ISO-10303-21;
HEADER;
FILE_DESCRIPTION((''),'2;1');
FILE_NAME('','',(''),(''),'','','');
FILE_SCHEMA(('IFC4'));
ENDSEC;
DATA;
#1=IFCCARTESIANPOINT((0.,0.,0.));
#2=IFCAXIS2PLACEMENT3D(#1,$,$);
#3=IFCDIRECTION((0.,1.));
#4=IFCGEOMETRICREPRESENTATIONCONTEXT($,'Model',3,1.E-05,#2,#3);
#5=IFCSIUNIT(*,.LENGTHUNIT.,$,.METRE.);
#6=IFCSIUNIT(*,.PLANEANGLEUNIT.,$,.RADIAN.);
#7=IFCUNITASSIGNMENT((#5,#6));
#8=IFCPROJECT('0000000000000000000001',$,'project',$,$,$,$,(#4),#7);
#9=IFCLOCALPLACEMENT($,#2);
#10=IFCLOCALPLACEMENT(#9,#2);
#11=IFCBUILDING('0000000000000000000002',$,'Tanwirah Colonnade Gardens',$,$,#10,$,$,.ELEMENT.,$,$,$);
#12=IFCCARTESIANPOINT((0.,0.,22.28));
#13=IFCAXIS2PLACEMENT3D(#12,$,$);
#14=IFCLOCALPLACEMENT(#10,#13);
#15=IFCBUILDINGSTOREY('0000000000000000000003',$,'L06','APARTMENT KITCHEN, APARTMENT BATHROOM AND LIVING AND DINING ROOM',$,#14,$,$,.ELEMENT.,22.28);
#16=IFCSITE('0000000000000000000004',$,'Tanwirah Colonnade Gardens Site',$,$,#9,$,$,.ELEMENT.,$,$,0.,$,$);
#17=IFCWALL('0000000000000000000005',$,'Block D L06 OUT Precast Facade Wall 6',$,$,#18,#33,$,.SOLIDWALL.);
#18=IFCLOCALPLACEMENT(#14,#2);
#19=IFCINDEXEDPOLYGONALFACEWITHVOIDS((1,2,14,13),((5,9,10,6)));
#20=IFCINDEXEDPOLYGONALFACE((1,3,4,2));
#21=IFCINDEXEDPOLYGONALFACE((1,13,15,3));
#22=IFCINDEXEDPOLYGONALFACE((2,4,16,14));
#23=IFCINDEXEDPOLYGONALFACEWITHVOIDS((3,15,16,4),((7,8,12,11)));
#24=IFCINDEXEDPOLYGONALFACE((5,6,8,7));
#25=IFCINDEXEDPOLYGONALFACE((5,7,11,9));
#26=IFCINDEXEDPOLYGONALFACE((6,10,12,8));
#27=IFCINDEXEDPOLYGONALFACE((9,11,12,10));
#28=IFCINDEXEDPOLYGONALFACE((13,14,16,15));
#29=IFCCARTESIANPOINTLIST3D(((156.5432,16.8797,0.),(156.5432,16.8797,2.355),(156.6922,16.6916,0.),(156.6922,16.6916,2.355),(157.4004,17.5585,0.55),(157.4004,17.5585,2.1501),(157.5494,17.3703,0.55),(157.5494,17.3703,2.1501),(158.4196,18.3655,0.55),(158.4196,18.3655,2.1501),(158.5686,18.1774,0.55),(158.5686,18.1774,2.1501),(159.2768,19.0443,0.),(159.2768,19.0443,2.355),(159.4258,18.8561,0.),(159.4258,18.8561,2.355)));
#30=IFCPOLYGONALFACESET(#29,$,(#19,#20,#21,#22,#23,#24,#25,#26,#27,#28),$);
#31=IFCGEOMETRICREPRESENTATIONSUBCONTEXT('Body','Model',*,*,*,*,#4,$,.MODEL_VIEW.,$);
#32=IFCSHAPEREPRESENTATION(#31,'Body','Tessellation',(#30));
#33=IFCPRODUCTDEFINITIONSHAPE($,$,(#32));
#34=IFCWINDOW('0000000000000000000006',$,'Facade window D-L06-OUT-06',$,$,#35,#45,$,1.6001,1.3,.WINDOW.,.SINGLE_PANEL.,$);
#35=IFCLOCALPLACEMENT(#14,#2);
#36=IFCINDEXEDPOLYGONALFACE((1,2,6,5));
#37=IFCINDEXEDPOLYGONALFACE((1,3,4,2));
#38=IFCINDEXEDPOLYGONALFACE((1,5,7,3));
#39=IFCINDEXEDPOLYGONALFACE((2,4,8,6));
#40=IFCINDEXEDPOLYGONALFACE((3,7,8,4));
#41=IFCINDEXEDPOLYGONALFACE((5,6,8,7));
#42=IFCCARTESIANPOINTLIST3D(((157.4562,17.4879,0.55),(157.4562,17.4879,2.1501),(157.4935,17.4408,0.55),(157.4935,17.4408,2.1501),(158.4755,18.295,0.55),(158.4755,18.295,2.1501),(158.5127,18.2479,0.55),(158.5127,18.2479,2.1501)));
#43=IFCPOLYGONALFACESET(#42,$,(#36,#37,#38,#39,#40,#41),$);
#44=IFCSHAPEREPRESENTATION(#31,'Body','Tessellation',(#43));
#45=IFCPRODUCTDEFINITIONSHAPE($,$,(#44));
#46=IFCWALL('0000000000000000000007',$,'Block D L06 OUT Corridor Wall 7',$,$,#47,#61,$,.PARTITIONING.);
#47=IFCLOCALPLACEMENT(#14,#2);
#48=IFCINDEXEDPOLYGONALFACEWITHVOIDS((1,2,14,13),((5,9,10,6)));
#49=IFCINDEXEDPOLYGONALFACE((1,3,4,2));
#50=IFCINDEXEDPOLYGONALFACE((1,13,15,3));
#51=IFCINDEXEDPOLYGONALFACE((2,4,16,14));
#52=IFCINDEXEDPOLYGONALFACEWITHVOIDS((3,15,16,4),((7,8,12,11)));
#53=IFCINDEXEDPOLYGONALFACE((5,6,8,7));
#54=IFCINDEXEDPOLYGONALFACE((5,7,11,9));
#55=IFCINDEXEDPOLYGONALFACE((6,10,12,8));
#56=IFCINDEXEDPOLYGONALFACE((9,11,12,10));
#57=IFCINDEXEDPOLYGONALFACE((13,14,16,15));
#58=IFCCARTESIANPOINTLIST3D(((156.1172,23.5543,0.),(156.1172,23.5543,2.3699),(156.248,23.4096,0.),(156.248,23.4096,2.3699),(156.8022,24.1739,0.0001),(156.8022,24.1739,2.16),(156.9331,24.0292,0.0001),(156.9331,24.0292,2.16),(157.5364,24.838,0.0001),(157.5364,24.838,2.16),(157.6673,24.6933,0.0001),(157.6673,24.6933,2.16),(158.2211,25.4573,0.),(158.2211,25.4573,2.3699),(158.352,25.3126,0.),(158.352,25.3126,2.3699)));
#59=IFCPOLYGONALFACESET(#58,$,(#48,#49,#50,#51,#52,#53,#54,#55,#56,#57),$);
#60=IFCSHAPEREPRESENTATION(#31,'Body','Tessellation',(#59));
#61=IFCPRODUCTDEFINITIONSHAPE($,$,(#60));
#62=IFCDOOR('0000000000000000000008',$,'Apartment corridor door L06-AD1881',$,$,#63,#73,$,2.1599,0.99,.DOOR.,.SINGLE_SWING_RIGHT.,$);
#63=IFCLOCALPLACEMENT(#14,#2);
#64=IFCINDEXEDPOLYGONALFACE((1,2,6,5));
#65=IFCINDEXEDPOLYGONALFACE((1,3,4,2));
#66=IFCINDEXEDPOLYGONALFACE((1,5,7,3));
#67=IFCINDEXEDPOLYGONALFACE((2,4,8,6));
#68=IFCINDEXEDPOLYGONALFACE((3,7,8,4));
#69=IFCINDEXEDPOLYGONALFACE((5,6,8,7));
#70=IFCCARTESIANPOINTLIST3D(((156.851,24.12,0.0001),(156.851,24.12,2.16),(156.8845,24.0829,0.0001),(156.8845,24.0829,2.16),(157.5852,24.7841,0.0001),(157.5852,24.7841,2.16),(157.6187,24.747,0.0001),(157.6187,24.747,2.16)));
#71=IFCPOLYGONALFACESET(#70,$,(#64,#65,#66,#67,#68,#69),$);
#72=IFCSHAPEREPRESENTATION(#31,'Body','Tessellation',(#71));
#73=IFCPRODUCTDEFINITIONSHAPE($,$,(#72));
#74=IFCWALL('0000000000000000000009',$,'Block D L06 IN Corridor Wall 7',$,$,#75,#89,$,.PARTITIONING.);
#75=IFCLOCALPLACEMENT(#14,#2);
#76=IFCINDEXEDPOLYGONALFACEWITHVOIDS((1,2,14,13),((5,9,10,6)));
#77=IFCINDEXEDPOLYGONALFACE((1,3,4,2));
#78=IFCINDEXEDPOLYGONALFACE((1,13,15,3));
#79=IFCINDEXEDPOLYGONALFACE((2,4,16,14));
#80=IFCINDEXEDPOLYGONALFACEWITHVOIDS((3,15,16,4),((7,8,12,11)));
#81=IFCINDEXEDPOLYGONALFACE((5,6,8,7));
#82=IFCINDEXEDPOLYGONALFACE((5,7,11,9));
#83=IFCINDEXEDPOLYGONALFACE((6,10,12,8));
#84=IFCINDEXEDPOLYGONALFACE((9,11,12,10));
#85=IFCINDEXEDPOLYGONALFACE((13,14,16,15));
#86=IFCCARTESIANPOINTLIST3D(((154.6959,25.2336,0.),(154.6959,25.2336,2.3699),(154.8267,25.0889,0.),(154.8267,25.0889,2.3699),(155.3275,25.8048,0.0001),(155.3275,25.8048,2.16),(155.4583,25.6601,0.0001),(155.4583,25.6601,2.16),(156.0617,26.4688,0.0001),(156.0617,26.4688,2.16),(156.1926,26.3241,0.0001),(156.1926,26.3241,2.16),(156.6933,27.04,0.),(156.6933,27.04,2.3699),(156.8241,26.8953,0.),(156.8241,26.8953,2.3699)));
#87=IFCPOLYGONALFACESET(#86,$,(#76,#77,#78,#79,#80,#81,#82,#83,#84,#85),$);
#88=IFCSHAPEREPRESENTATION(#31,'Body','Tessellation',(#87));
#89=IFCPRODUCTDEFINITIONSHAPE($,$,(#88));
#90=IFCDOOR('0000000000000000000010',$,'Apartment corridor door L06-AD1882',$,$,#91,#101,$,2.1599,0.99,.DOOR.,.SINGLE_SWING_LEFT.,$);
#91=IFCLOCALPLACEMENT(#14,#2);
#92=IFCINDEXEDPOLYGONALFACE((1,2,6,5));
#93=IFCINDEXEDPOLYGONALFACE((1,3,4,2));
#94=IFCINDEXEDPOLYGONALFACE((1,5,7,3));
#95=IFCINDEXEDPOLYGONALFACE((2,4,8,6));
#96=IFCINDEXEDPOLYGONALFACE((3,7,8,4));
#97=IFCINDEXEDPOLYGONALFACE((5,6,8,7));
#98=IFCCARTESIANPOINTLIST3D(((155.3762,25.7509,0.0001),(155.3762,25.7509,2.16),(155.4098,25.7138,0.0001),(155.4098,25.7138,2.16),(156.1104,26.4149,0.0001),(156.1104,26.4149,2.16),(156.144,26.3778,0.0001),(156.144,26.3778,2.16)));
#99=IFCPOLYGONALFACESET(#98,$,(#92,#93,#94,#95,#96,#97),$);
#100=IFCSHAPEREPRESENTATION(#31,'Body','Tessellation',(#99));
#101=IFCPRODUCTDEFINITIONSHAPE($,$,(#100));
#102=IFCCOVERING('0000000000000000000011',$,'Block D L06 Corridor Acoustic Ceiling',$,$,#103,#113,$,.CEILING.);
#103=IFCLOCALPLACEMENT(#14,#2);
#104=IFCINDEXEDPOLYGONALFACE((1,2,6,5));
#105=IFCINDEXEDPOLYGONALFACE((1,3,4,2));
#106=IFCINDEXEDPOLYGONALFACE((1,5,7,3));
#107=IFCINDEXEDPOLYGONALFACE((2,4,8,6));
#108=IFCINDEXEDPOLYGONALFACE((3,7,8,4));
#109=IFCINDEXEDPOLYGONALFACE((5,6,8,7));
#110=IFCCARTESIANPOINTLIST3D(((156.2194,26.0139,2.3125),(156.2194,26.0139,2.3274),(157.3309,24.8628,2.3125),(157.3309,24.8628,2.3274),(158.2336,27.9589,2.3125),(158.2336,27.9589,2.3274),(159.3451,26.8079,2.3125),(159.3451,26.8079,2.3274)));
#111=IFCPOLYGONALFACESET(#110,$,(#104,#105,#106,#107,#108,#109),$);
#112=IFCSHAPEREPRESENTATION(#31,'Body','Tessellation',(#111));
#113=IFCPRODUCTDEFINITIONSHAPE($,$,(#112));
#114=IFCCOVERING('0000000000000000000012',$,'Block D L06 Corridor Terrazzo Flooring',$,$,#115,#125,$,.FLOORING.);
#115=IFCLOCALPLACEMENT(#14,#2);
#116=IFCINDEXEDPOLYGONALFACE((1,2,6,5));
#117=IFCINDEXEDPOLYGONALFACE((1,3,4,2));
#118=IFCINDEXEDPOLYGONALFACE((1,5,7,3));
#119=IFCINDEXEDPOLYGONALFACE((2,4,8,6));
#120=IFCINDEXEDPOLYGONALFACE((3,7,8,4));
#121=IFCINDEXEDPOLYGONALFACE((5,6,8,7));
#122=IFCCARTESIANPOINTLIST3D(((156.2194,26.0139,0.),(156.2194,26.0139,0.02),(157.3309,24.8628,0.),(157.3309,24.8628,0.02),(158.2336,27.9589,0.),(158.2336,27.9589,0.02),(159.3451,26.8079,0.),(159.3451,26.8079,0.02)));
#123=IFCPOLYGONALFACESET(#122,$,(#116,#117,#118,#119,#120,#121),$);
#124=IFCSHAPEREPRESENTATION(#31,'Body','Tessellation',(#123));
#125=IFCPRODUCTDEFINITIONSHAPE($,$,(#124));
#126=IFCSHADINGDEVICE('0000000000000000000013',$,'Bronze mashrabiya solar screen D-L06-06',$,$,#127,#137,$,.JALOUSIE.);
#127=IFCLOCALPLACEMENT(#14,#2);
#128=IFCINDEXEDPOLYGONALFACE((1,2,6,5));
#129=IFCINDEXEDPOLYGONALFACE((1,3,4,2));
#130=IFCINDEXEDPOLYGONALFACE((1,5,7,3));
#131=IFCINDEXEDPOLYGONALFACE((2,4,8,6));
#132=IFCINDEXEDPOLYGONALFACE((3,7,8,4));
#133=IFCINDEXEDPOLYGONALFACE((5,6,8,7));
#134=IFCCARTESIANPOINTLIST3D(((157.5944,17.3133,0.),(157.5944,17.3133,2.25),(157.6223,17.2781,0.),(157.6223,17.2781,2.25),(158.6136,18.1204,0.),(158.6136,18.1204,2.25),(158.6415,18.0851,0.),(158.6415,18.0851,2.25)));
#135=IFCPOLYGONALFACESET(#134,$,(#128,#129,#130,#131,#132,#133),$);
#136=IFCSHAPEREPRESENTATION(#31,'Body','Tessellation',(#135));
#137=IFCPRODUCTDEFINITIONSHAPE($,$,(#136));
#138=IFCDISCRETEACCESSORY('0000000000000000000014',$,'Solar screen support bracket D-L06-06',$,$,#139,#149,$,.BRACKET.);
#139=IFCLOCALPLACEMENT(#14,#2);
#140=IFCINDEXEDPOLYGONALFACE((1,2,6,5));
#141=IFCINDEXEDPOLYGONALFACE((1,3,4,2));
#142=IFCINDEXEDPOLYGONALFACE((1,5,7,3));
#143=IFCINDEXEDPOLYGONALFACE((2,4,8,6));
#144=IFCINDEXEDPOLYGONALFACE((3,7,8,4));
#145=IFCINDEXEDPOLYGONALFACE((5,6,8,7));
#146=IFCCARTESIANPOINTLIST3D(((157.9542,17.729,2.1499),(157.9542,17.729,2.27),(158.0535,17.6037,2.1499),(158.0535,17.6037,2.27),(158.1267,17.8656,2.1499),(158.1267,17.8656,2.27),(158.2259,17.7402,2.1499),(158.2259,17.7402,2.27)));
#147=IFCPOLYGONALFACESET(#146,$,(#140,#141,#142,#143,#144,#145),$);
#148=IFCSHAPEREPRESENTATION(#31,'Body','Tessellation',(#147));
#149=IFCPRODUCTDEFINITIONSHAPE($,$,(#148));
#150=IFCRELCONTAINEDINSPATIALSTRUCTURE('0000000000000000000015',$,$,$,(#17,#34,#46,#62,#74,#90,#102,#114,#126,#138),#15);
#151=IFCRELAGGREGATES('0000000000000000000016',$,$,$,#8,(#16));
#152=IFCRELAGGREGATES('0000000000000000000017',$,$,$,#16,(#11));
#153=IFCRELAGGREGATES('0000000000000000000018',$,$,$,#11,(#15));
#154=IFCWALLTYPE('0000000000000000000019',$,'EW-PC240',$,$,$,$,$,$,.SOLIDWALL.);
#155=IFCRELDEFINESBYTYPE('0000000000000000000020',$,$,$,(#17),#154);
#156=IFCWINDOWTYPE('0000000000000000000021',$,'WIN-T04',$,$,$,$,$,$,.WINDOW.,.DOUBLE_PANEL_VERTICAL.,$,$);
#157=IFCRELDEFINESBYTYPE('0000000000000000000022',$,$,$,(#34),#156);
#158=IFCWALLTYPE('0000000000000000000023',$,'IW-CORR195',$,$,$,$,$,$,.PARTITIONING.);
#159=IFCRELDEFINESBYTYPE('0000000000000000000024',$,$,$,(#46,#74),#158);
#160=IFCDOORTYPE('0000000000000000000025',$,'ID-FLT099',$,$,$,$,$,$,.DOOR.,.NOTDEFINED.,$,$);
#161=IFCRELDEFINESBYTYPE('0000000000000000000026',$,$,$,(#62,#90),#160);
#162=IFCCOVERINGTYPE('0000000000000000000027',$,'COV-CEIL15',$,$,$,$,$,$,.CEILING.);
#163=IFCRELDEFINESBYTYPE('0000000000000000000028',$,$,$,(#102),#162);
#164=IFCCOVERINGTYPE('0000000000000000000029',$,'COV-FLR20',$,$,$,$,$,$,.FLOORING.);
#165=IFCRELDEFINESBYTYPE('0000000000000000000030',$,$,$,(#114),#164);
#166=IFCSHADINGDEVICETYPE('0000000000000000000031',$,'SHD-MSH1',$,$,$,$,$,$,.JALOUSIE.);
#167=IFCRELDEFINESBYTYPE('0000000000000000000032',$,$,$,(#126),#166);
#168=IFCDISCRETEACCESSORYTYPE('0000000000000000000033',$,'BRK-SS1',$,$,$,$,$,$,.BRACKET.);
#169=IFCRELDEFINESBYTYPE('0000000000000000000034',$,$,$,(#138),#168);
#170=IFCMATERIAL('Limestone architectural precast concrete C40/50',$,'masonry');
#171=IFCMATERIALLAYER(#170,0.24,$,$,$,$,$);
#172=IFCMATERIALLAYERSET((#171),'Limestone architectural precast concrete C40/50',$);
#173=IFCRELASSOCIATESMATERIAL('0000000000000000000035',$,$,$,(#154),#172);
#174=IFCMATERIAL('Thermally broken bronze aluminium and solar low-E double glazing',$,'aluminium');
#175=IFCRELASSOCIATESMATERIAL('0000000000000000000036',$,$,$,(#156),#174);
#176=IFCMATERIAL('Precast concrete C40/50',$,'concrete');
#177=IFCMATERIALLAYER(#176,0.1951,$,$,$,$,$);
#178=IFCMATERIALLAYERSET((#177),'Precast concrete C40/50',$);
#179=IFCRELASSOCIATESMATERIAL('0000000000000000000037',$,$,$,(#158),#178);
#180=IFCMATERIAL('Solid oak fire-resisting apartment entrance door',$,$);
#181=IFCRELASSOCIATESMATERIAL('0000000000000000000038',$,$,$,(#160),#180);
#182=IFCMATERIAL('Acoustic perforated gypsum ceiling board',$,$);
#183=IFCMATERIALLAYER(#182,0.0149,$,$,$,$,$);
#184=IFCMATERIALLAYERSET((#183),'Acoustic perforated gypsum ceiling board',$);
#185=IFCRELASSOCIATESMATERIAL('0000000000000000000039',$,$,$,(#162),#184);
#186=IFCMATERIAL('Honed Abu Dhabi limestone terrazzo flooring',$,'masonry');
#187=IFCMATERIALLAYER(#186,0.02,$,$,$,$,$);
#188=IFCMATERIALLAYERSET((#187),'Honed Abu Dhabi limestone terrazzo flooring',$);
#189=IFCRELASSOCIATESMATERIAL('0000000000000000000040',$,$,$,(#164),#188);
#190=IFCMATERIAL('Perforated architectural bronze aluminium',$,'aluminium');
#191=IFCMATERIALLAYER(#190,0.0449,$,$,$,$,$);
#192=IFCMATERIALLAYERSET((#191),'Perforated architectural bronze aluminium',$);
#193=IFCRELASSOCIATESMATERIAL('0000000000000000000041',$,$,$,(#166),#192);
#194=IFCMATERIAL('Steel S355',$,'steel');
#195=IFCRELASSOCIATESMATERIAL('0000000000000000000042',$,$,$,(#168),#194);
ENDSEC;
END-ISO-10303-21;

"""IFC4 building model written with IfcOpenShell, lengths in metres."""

from ifc_helpers import new_model, si_unit, direction, frame, frame_2d, origin, origin_2d, place, context, subcontext, project, spatial, rectangle, extrude, material, layer, layer_set, type_object, element, fill, save


model = new_model("IFC4")

# Units and contexts
model_context = context("Model", 3, precision=1e-05, world=origin(), true_north=direction((0.0, 1.0)))
body_context = subcontext(model_context, "Body", "Model", "MODEL_VIEW")
ifc_project = project(units=[si_unit("LENGTHUNIT", "METRE"), si_unit("PLANEANGLEUNIT", "RADIAN")], contexts=[model_context])

# Site, building, storey
site_placement = place(None, origin())
site = spatial("IfcSite", under=ifc_project, at=site_placement, Name="Tanwirah Colonnade Gardens Site", CompositionType="ELEMENT", RefElevation=0.0)
building_placement = place(site_placement, origin())
building = spatial("IfcBuilding", under=site, at=building_placement, Name="Tanwirah Colonnade Gardens", CompositionType="ELEMENT")
storey_placement = place(building_placement, frame((0.0, 0.0, 22.28)))
storey = spatial("IfcBuildingStorey", under=building, at=storey_placement, Name="L06", Description="APARTMENT KITCHEN, APARTMENT BATHROOM AND LIVING AND DINING ROOM", CompositionType="ELEMENT", Elevation=22.28)

# Shared definitions
ifc_material_1 = material(Name="Precast concrete C40/50", Category="concrete")

# Wall, opening, window
ifc_material_2 = material(Name="Limestone architectural precast concrete C40/50", Category="masonry")
ifc_layer_1 = layer(ifc_material_2, 0.24)
ifc_layer_set_1 = layer_set([ifc_layer_1], Name="Limestone architectural precast concrete C40/50")
wall_type_1 = type_object("IfcWallType", Name="EW-PC240", PredefinedType="SOLIDWALL", material=ifc_layer_set_1)
wall_1_placement = place(storey_placement, frame((156.6177, 16.7856, 0.0), z_axis=(0.0, 0.0, 1.0), x_axis=(0.783988, 0.620776, 0.0)))
wall_1 = element("IfcWall", 1, at=wall_1_placement, inside=storey, type_object=wall_type_1, Name="Block D L06 OUT Precast Facade Wall 6", PredefinedType="SOLIDWALL", context=body_context, shape_type="SweptSolid", body=[
    extrude(rectangle(XDim=3.4868, YDim=0.24, at=frame_2d((1.7434, 0.0))), origin(), (0.0, 0.0, 1.0), 2.355),
])
opening_1_placement = place(wall_1_placement, frame((1.0935, 0.0, 0.55)))
opening_1 = element("IfcOpeningElement", 2, at=opening_1_placement, cuts=wall_1, PredefinedType="OPENING", context=body_context, shape_type="SweptSolid", body=[
    extrude(rectangle(XDim=1.3, YDim=1.6001, at=frame_2d((0.6499, 0.8))), frame((0.0, 0.1299, 0.0), z_axis=(0.0, -1.0, 0.0), x_axis=(1.0, 0.0, 0.0)), (0.0, 0.0, 1.0), 0.26),
])
ifc_material_3 = material(Name="Thermally broken bronze aluminium and solar low-E double glazing", Category="aluminium")
window_type = type_object("IfcWindowType", Name="WIN-T04", PartitioningType="DOUBLE_PANEL_VERTICAL", PredefinedType="WINDOW", material=ifc_material_3)
window_placement = place(opening_1_placement, origin())
window = element("IfcWindow", 3, at=window_placement, inside=storey, type_object=window_type, Name="Facade window D-L06-OUT-06", OverallHeight=1.6001, OverallWidth=1.3, PartitioningType="SINGLE_PANEL", PredefinedType="WINDOW", context=body_context, shape_type="SweptSolid", body=[
    extrude(rectangle(XDim=1.3, YDim=1.6001, at=frame_2d((0.6499, 0.8))), frame((0.0, 0.03, 0.0), z_axis=(0.0, -1.0, 0.0), x_axis=(1.0, 0.0, 0.0)), (0.0, 0.0, 1.0), 0.0601),
])
fill(opening_1, window)

# Walls, openings, doors
ifc_layer_2 = layer(ifc_material_1, 0.1951)
ifc_layer_set_2 = layer_set([ifc_layer_2], Name="Precast concrete C40/50")
wall_type_2 = type_object("IfcWallType", Name="IW-CORR195", PredefinedType="PARTITIONING", material=ifc_layer_set_2)
wall_2_placement = place(storey_placement, frame((156.1826, 23.4819, 0.0), z_axis=(0.0, 0.0, 1.0), x_axis=(0.741632, 0.670807, 0.0)))
wall_2 = element("IfcWall", 4, at=wall_2_placement, inside=storey, type_object=wall_type_2, Name="Block D L06 OUT Corridor Wall 7", PredefinedType="PARTITIONING", context=body_context, shape_type="SweptSolid", body=[
    extrude(rectangle(XDim=2.8369, YDim=0.1951, at=frame_2d((1.4185, 0.0))), origin(), (0.0, 0.0, 1.0), 2.3699),
])
opening_2_placement = place(wall_2_placement, frame((0.9236, 0.0, 0.0)))
opening_2 = element("IfcOpeningElement", 5, at=opening_2_placement, cuts=wall_2, PredefinedType="OPENING", context=body_context, shape_type="SweptSolid", body=[
    extrude(rectangle(XDim=0.99, YDim=2.1599, at=frame_2d((0.4951, 1.0801))), frame((0.0, 0.1074, 0.0), z_axis=(0.0, -1.0, 0.0), x_axis=(1.0, 0.0, 0.0)), (0.0, 0.0, 1.0), 0.2151),
])
ifc_material_4 = material(Name="Solid oak fire-resisting apartment entrance door")
door_type_1 = type_object("IfcDoorType", Name="ID-FLT099", OperationType="NOTDEFINED", PredefinedType="DOOR", material=ifc_material_4)
door_1_placement = place(opening_2_placement, origin())
door_1 = element("IfcDoor", 6, at=door_1_placement, inside=storey, type_object=door_type_1, Name="Apartment corridor door L06-AD1881", OperationType="SINGLE_SWING_RIGHT", OverallHeight=2.1599, OverallWidth=0.99, PredefinedType="DOOR", context=body_context, shape_type="SweptSolid", body=[
    extrude(rectangle(XDim=0.99, YDim=2.1599, at=frame_2d((0.4951, 1.0801))), frame((0.0, 0.0249, 0.0), z_axis=(0.0, -1.0, 0.0), x_axis=(1.0, 0.0, 0.0)), (0.0, 0.0, 1.0), 0.05),
])
fill(opening_2, door_1)
wall_3_placement = place(storey_placement, frame((154.7612, 25.1611, 0.0), z_axis=(0.0, 0.0, 1.0), x_axis=(0.741665, 0.670771, 0.0)))
wall_3 = element("IfcWall", 7, at=wall_3_placement, inside=storey, type_object=wall_type_2, Name="Block D L06 IN Corridor Wall 7", PredefinedType="PARTITIONING", context=body_context, shape_type="SweptSolid", body=[
    extrude(rectangle(XDim=2.6931, YDim=0.1951, at=frame_2d((1.3467, 0.0))), origin(), (0.0, 0.0, 1.0), 2.3699),
])
opening_3_placement = place(wall_3_placement, frame((0.8516, 0.0, 0.0)))
opening_3 = element("IfcOpeningElement", 8, at=opening_3_placement, cuts=wall_3, PredefinedType="OPENING", context=body_context, shape_type="SweptSolid", body=[
    extrude(rectangle(XDim=0.99, YDim=2.1599, at=frame_2d((0.4951, 1.0801))), frame((0.0, 0.1074, 0.0), z_axis=(0.0, -1.0, 0.0), x_axis=(1.0, 0.0, 0.0)), (0.0, 0.0, 1.0), 0.2151),
])
door_2_placement = place(opening_3_placement, origin())
door_2 = element("IfcDoor", 9, at=door_2_placement, inside=storey, type_object=door_type_1, Name="Apartment corridor door L06-AD1882", OperationType="SINGLE_SWING_LEFT", OverallHeight=2.1599, OverallWidth=0.99, PredefinedType="DOOR", context=body_context, shape_type="SweptSolid", body=[
    extrude(rectangle(XDim=0.99, YDim=2.1599, at=frame_2d((0.4951, 1.0801))), frame((0.0, 0.0249, 0.0), z_axis=(0.0, -1.0, 0.0), x_axis=(1.0, 0.0, 0.0)), (0.0, 0.0, 1.0), 0.05),
])
fill(opening_3, door_2)

# Coverings
ifc_material_5 = material(Name="Acoustic perforated gypsum ceiling board")
ifc_layer_3 = layer(ifc_material_5, 0.0149)
ifc_layer_set_3 = layer_set([ifc_layer_3], Name="Acoustic perforated gypsum ceiling board")
covering_type_1 = type_object("IfcCoveringType", Name="COV-CEIL15", PredefinedType="CEILING", material=ifc_layer_set_3)
covering_1_placement = place(storey_placement, frame((157.7822, 26.4109, 2.3125), z_axis=(0.0, 0.0, 1.0), x_axis=(0.71934, 0.694658, 0.0)))
element("IfcCovering", 10, at=covering_1_placement, inside=storey, type_object=covering_type_1, Name="Block D L06 Corridor Acoustic Ceiling", PredefinedType="CEILING", context=body_context, shape_type="SweptSolid", body=[
    extrude(rectangle(XDim=2.8, YDim=1.6001, at=origin_2d()), origin(), (0.0, 0.0, 1.0), 0.0149),
])
ifc_material_6 = material(Name="Honed Abu Dhabi limestone terrazzo flooring", Category="masonry")
ifc_layer_4 = layer(ifc_material_6, 0.02)
ifc_layer_set_4 = layer_set([ifc_layer_4], Name="Honed Abu Dhabi limestone terrazzo flooring")
covering_type_2 = type_object("IfcCoveringType", Name="COV-FLR20", PredefinedType="FLOORING", material=ifc_layer_set_4)
covering_2_placement = place(storey_placement, frame((157.7822, 26.4109, 0.0), z_axis=(0.0, 0.0, 1.0), x_axis=(0.71934, 0.694658, 0.0)))
element("IfcCovering", 11, at=covering_2_placement, inside=storey, type_object=covering_type_2, Name="Block D L06 Corridor Terrazzo Flooring", PredefinedType="FLOORING", context=body_context, shape_type="SweptSolid", body=[
    extrude(rectangle(XDim=2.8, YDim=1.6001, at=origin_2d()), origin(), (0.0, 0.0, 1.0), 0.02),
])

# Shading device
ifc_material_7 = material(Name="Perforated architectural bronze aluminium", Category="aluminium")
ifc_layer_5 = layer(ifc_material_7, 0.0449)
ifc_layer_set_5 = layer_set([ifc_layer_5], Name="Perforated architectural bronze aluminium")
shading_device_type = type_object("IfcShadingDeviceType", Name="SHD-MSH1", PredefinedType="JALOUSIE", material=ifc_layer_set_5)
shading_device_placement = place(storey_placement, frame((158.1179, 17.6992, 0.0), z_axis=(0.0, 0.0, 1.0), x_axis=(0.783965, 0.620805, 0.0)))
element("IfcShadingDevice", 12, at=shading_device_placement, inside=storey, type_object=shading_device_type, Name="Bronze mashrabiya solar screen D-L06-06", PredefinedType="JALOUSIE", context=body_context, shape_type="SweptSolid", body=[
    extrude(rectangle(XDim=1.3, YDim=0.0449, at=origin_2d()), origin(), (0.0, 0.0, 1.0), 2.25),
])

# Discrete accessory
ifc_material_8 = material(Name="Steel S355", Category="steel")
discrete_accessory_type = type_object("IfcDiscreteAccessoryType", Name="BRK-SS1", PredefinedType="BRACKET", material=ifc_material_8)
discrete_accessory_placement = place(storey_placement, frame((158.0901, 17.7346, 2.1499), z_axis=(0.0, 0.0, 1.0), x_axis=(0.783965, 0.620805, 0.0)))
element("IfcDiscreteAccessory", 13, at=discrete_accessory_placement, inside=storey, type_object=discrete_accessory_type, Name="Solar screen support bracket D-L06-06", PredefinedType="BRACKET", context=body_context, shape_type="SweptSolid", body=[
    extrude(rectangle(XDim=0.22, YDim=0.1599, at=origin_2d()), origin(), (0.0, 0.0, 1.0), 0.1201),
])

save(model, "model.ifc")
